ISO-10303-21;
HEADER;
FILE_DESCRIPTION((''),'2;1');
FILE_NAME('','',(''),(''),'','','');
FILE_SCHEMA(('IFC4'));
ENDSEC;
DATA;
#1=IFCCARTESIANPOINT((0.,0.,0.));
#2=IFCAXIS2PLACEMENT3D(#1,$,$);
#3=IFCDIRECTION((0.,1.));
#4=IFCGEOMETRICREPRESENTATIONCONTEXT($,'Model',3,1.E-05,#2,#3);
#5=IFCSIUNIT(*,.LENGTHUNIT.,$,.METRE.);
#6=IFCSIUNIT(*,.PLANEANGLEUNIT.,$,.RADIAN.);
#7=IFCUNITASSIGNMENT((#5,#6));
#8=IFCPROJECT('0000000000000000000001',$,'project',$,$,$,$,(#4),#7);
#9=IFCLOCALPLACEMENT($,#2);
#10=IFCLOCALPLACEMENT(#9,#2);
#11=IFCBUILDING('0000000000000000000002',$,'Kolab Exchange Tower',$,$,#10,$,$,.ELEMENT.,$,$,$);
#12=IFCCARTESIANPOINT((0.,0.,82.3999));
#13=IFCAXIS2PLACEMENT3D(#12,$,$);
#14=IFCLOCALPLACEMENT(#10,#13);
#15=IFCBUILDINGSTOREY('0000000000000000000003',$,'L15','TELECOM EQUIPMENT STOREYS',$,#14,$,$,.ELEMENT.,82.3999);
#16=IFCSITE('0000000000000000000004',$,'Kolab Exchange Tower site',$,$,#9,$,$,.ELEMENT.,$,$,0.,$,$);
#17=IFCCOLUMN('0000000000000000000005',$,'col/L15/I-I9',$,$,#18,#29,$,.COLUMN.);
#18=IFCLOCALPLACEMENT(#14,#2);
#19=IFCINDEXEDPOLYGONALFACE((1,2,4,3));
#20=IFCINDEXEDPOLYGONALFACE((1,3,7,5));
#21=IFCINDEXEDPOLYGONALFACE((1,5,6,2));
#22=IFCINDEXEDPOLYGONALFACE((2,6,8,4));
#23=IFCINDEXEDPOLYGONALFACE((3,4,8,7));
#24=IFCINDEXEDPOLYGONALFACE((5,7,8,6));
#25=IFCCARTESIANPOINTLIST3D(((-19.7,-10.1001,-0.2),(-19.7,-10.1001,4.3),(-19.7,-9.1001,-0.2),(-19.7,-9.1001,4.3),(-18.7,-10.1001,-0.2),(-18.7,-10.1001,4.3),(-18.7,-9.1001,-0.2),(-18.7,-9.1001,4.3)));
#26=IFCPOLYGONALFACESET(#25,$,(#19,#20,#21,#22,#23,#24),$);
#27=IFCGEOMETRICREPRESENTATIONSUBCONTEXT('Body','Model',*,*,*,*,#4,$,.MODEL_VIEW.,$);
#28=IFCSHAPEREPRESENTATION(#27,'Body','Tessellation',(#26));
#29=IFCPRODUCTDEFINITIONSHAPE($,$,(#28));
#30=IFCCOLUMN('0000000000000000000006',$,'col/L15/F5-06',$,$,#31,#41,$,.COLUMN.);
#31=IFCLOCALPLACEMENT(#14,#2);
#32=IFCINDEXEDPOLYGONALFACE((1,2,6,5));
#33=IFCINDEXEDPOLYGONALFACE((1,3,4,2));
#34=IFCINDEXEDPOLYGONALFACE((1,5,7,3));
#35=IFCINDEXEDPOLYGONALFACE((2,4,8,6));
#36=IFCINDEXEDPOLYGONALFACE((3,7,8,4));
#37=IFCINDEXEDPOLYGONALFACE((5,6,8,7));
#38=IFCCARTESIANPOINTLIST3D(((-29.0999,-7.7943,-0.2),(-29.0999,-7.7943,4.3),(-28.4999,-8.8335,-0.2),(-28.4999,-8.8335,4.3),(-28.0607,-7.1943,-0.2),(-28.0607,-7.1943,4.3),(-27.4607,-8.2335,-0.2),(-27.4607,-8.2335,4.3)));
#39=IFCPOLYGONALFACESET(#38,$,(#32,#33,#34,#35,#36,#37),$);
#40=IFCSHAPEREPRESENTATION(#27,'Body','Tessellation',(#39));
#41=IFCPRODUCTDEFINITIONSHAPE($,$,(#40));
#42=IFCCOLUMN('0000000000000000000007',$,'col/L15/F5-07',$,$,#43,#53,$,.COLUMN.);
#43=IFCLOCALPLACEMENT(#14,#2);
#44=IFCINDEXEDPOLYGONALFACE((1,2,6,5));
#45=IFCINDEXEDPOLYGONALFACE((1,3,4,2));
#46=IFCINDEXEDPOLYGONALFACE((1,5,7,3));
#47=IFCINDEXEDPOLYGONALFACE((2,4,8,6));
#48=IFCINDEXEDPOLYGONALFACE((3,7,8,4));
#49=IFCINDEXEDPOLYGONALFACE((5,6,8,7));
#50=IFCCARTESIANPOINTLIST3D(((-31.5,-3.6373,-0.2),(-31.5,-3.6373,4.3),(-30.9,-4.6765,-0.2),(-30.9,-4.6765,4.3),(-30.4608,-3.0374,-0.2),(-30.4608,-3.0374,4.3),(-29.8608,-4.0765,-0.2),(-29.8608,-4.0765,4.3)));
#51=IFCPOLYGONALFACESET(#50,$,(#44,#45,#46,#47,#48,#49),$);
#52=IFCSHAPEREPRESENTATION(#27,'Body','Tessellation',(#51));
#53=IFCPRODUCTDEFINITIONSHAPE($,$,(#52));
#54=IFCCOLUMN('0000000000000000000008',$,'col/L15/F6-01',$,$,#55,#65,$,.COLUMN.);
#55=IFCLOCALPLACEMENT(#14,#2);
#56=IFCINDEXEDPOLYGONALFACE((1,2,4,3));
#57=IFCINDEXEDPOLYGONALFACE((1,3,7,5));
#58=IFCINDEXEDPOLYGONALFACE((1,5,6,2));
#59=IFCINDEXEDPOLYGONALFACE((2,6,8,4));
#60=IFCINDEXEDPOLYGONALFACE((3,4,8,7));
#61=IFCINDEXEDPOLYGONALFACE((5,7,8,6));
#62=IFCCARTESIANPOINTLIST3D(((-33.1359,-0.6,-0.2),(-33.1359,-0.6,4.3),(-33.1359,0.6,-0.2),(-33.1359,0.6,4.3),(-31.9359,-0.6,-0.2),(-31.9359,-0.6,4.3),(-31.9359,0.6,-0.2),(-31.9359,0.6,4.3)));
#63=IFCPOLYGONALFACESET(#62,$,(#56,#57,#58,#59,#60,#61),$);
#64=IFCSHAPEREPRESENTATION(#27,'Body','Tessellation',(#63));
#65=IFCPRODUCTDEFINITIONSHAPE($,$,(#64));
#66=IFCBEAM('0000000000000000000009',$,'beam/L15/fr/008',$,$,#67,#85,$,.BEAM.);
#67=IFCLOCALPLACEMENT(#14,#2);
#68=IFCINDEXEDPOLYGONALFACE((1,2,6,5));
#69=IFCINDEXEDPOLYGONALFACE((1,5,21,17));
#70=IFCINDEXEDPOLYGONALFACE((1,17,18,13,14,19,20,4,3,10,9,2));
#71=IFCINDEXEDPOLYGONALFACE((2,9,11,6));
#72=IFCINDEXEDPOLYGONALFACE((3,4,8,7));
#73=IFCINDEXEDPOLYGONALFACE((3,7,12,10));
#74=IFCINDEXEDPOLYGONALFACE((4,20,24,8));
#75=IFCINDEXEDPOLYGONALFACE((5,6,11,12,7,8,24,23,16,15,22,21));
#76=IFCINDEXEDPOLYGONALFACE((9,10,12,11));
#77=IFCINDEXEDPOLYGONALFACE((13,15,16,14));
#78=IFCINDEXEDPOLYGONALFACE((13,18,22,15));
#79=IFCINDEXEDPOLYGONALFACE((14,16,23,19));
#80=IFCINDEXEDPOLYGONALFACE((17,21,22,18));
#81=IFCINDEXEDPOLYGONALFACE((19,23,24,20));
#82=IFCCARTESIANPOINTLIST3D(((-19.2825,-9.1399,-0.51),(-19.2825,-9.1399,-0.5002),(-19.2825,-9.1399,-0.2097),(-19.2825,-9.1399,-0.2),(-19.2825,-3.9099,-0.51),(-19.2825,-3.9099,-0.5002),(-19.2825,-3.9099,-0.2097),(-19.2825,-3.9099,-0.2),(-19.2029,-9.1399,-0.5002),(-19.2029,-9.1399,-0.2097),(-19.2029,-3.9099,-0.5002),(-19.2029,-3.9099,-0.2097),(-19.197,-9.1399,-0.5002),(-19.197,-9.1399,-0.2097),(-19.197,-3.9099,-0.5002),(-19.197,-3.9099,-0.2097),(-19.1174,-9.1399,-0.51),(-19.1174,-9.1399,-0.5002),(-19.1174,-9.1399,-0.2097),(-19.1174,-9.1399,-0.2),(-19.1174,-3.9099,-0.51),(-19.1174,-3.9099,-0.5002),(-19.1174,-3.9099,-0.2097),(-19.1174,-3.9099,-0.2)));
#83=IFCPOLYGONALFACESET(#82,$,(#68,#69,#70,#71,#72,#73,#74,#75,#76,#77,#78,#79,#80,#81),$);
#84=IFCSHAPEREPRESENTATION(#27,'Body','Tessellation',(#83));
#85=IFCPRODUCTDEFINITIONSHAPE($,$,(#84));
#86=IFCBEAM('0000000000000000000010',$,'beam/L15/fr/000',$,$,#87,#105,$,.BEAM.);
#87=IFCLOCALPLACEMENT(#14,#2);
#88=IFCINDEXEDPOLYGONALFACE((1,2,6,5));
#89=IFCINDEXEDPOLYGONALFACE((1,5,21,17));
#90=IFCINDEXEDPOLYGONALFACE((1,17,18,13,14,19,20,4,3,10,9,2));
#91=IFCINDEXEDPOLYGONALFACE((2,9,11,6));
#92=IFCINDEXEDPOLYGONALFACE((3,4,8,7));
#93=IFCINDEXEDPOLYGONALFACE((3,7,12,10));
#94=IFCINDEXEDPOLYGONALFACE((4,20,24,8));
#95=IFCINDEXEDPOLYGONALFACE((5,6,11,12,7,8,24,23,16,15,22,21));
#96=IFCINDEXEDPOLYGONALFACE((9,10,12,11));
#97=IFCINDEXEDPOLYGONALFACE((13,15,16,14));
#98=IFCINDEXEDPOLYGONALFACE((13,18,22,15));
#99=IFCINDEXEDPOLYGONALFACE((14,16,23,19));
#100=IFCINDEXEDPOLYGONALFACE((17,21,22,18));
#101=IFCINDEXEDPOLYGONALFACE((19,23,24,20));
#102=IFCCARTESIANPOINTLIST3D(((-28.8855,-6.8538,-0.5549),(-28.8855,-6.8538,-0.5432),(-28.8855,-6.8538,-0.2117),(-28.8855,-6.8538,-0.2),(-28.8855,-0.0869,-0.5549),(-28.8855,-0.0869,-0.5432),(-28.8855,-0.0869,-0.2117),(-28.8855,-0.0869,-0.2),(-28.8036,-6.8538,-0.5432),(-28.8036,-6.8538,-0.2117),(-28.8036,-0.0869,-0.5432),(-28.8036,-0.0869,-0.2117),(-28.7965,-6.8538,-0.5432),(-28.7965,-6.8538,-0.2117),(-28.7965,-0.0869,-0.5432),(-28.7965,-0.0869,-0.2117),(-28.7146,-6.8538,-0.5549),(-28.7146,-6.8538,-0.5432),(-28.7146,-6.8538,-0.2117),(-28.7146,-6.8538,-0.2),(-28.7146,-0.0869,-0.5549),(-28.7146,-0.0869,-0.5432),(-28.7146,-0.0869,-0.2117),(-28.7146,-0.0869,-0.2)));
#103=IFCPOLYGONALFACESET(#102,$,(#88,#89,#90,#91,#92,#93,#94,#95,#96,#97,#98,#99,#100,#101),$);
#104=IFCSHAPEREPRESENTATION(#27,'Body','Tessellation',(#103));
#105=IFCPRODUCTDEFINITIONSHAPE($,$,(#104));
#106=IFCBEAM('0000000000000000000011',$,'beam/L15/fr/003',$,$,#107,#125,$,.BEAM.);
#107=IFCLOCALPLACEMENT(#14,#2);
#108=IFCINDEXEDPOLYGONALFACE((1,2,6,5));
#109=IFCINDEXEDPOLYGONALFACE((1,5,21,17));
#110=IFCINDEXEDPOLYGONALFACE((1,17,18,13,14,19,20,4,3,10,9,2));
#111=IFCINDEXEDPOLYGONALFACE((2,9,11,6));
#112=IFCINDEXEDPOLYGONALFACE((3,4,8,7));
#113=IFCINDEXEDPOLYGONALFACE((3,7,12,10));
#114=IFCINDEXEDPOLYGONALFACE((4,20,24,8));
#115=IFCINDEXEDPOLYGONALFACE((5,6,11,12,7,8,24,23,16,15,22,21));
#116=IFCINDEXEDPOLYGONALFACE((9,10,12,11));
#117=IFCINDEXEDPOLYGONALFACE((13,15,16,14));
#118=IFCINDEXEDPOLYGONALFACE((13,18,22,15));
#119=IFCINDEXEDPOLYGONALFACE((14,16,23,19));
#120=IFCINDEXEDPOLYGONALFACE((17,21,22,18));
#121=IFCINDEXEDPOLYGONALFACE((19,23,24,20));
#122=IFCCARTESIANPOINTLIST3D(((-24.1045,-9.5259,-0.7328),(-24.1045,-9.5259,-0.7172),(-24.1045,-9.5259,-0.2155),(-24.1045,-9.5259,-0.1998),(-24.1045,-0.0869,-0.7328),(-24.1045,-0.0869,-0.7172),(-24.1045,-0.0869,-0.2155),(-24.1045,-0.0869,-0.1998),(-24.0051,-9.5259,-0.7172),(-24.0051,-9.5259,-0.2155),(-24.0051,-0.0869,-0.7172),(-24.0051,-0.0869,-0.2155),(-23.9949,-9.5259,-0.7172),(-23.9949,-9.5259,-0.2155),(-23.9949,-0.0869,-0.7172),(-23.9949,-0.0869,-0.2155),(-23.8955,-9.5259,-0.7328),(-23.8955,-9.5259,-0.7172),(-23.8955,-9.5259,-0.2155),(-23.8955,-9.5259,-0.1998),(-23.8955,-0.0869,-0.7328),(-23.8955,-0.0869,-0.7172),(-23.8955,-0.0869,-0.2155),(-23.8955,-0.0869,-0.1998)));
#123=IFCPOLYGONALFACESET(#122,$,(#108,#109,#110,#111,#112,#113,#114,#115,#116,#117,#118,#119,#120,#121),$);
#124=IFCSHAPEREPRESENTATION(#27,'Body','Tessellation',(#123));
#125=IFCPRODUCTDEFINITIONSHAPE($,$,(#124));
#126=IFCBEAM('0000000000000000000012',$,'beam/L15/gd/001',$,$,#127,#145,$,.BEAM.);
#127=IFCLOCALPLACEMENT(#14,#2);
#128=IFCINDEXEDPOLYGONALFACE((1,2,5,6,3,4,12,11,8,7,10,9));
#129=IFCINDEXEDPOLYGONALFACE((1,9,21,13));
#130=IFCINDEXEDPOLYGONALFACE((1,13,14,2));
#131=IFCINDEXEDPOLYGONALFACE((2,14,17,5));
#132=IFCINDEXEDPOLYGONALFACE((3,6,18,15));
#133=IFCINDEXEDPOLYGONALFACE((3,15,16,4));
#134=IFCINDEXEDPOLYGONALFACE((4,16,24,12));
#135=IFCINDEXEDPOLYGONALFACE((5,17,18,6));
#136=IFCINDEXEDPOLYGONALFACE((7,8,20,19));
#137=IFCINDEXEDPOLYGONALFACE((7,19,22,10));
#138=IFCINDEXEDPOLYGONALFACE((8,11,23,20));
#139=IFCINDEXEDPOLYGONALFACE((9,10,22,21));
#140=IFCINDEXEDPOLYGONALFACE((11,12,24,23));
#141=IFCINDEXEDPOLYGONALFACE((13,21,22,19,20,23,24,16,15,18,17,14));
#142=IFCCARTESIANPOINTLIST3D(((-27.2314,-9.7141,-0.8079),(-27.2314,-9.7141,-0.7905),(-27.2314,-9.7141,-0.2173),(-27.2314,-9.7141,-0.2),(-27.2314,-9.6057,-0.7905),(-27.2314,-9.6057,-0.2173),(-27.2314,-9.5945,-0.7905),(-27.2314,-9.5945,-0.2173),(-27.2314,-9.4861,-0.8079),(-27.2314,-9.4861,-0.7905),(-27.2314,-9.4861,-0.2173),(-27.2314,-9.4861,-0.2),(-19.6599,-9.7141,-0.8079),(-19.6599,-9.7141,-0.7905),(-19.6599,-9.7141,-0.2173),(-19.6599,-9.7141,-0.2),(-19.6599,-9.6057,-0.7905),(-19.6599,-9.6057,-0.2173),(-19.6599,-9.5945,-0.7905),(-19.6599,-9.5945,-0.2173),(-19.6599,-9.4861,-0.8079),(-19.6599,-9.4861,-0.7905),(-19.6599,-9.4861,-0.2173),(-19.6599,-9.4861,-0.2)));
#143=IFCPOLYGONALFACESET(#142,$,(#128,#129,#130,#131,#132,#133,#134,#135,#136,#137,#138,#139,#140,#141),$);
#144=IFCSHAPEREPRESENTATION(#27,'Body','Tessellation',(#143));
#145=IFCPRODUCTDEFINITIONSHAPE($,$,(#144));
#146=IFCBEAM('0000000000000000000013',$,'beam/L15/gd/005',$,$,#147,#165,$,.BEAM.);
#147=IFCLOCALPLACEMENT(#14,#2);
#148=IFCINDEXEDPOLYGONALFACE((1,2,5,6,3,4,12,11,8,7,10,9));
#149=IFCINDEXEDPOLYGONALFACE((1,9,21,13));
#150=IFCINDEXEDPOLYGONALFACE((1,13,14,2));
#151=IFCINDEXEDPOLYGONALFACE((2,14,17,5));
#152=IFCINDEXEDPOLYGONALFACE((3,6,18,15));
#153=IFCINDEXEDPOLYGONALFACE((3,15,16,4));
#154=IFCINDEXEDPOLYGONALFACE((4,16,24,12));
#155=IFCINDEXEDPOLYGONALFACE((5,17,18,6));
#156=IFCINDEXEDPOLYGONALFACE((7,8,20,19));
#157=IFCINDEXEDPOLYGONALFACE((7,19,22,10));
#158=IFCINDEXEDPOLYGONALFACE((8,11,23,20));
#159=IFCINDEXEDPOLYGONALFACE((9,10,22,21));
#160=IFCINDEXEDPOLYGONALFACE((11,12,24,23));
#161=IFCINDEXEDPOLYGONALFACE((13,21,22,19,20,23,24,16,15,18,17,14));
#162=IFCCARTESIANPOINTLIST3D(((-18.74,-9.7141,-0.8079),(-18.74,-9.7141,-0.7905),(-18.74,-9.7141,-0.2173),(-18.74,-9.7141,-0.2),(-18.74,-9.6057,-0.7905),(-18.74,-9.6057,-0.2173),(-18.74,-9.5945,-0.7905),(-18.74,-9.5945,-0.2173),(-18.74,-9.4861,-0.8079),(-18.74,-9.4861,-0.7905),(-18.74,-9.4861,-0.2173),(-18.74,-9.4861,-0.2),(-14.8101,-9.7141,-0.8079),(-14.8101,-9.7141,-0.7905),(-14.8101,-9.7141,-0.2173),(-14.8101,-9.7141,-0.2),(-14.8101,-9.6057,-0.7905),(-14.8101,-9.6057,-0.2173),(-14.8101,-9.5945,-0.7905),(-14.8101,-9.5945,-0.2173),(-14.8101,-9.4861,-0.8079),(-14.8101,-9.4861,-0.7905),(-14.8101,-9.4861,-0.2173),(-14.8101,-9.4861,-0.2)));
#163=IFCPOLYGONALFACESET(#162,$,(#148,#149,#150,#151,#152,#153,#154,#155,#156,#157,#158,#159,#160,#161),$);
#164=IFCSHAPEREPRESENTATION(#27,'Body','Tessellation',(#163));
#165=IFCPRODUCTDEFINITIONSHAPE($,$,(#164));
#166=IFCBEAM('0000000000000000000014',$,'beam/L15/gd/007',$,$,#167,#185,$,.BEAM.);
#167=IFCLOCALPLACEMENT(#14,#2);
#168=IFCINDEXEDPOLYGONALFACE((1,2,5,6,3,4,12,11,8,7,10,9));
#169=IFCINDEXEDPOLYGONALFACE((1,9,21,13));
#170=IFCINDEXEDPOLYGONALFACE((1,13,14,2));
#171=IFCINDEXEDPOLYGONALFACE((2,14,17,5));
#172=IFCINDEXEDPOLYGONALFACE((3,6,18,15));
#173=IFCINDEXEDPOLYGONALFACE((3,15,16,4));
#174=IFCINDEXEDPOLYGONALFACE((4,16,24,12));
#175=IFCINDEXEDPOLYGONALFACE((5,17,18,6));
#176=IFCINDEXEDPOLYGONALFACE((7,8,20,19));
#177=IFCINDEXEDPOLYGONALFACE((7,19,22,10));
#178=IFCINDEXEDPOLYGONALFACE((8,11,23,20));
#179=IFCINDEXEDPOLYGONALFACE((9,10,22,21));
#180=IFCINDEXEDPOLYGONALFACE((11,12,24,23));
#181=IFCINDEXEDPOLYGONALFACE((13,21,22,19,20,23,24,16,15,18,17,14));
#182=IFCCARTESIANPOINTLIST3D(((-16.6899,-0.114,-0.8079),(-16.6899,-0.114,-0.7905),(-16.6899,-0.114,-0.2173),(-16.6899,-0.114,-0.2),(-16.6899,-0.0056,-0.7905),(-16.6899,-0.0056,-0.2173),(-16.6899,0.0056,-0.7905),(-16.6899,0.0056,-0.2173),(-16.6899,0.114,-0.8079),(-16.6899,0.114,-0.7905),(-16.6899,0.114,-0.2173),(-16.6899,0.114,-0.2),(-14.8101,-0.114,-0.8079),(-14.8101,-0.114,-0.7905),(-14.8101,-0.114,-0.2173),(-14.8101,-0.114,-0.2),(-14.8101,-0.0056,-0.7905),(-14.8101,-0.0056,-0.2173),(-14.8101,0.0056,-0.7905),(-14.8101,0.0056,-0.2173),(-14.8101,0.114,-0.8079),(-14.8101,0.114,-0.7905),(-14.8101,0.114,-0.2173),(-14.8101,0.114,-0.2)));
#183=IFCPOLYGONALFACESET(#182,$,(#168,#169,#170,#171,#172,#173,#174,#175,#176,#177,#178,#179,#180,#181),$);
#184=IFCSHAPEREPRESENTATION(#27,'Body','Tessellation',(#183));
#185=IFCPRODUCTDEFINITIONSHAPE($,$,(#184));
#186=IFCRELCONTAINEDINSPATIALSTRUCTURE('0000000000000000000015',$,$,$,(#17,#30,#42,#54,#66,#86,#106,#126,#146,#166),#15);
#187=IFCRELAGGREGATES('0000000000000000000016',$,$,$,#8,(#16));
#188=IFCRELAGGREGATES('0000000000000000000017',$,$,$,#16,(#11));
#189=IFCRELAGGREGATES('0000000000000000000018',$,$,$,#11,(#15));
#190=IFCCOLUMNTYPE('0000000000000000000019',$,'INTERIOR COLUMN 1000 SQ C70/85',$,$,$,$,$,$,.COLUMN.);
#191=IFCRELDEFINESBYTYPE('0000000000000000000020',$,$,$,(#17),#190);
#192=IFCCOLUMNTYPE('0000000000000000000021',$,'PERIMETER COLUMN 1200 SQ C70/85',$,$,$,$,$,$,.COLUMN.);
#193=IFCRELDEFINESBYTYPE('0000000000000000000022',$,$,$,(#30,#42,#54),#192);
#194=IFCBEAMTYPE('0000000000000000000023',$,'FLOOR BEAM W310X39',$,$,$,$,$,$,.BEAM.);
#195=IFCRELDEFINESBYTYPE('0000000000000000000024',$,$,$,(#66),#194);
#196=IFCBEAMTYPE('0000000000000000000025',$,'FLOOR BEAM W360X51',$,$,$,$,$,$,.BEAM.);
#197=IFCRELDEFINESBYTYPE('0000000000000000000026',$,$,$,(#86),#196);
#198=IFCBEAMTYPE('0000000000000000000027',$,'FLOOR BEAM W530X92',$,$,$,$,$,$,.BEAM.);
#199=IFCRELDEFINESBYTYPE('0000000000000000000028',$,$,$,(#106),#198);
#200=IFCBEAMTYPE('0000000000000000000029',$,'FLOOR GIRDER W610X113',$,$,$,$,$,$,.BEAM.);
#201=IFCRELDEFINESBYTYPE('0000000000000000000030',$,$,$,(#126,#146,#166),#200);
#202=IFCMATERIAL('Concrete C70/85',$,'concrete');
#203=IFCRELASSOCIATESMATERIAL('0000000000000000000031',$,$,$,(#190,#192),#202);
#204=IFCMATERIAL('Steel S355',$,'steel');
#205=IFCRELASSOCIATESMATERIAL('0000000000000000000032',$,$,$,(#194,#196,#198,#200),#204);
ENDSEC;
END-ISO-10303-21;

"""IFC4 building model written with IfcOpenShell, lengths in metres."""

from ifc_helpers import new_model, si_unit, direction, frame, origin, origin_2d, place, context, subcontext, project, spatial, rectangle, i_section, extrude, material, material_profile, profile_set, type_object, element, save


model = new_model("IFC4")

# Units and contexts
model_context = context("Model", 3, precision=1e-05, world=origin(), true_north=direction((0.0, 1.0)))
body_context = subcontext(model_context, "Body", "Model", "MODEL_VIEW")
ifc_project = project(units=[si_unit("LENGTHUNIT", "METRE"), si_unit("PLANEANGLEUNIT", "RADIAN")], contexts=[model_context])

# Site, building, storey
site_placement = place(None, origin())
site = spatial("IfcSite", under=ifc_project, at=site_placement, Name="Kolab Exchange Tower site", CompositionType="ELEMENT", RefElevation=0.0)
building_placement = place(site_placement, origin())
building = spatial("IfcBuilding", under=site, at=building_placement, Name="Kolab Exchange Tower", CompositionType="ELEMENT")
storey_placement = place(building_placement, frame((0.0, 0.0, 82.3999)))
storey = spatial("IfcBuildingStorey", under=building, at=storey_placement, Name="L15", Description="TELECOM EQUIPMENT STOREYS", CompositionType="ELEMENT", Elevation=82.3999)

# Columns
ifc_material_1 = material(Name="Concrete C70/85", Category="concrete")
ifc_material_profile_1 = material_profile(ifc_material_1, rectangle(XDim=1.0, YDim=1.0, at=origin_2d()), Name="RC1000")
ifc_profile_set_1 = profile_set([ifc_material_profile_1], Name="Concrete C70/85")
column_type_1 = type_object("IfcColumnType", Name="INTERIOR COLUMN 1000 SQ C70/85", PredefinedType="COLUMN", material=ifc_profile_set_1)
column_placement = place(storey_placement, frame((-19.2, -9.6001, -0.2), z_axis=(0.0, 0.0, 1.0), x_axis=(1.0, 0.0, 0.0)))
element("IfcColumn", 1, at=column_placement, inside=storey, type_object=column_type_1, Name="col/L15/I-I9", PredefinedType="COLUMN", context=body_context, shape_type="SweptSolid", body=[
    extrude(rectangle(XDim=1.0, YDim=1.0, at=origin_2d()), origin(), (0.0, 0.0, 1.0), 4.5),
])
ifc_material_profile_2 = material_profile(ifc_material_1, rectangle(XDim=1.2, YDim=1.2, at=origin_2d()), Name="RC1200")
ifc_profile_set_2 = profile_set([ifc_material_profile_2], Name="Concrete C70/85")
column_type_2 = type_object("IfcColumnType", Name="PERIMETER COLUMN 1200 SQ C70/85", PredefinedType="COLUMN", material=ifc_profile_set_2)
for number, where, z_axis, x_axis, name in (
    (2, (-28.2803, -8.0139, -0.2), (0.0, 0.0, 1.0), (0.866025, 0.5, 0.0), "col/L15/F5-06"),
    (3, (-30.6804, -3.8569, -0.2), (0.0, 0.0, 1.0), (0.866025, 0.5, 0.0), "col/L15/F5-07"),
    (4, (-32.5359, 0.0, -0.2), (0.0, 0.0, 1.0), (1.0, 0.0, 0.0), "col/L15/F6-01"),
):
    element("IfcColumn", number, at=place(storey_placement, frame(where, z_axis=z_axis, x_axis=x_axis)), inside=storey, type_object=column_type_2, Name=name, PredefinedType="COLUMN", context=body_context, shape_type="SweptSolid", body=[
        extrude(rectangle(XDim=1.2, YDim=1.2, at=origin_2d()), origin(), (0.0, 0.0, 1.0), 4.5),
    ])

# Beams
ifc_material_2 = material(Name="Steel S355", Category="steel")
ifc_material_profile_3 = material_profile(ifc_material_2, i_section(OverallWidth=0.165, OverallDepth=0.3101, WebThickness=0.0059, FlangeThickness=0.0098, at=origin_2d()), Name="W310X39")
ifc_profile_set_3 = profile_set([ifc_material_profile_3], Name="Steel S355")
beam_type_1 = type_object("IfcBeamType", Name="FLOOR BEAM W310X39", PredefinedType="BEAM", material=ifc_profile_set_3)
beam_1_placement = place(storey_placement, frame((-19.2, -9.1399, -0.355), z_axis=(0.0, 1.0, 0.0), x_axis=(-1.0, 0.0, 0.0)))
element("IfcBeam", 5, at=beam_1_placement, inside=storey, type_object=beam_type_1, Name="beam/L15/fr/008", PredefinedType="BEAM", context=body_context, shape_type="SweptSolid", body=[
    extrude(i_section(OverallWidth=0.165, OverallDepth=0.3101, WebThickness=0.0059, FlangeThickness=0.0098, at=origin_2d()), origin(), (0.0, 0.0, 1.0), 5.23),
])
ifc_material_profile_4 = material_profile(ifc_material_2, i_section(OverallWidth=0.1709, OverallDepth=0.355, WebThickness=0.0071, FlangeThickness=0.0117, at=origin_2d()), Name="W360X51")
ifc_profile_set_4 = profile_set([ifc_material_profile_4], Name="Steel S355")
beam_type_2 = type_object("IfcBeamType", Name="FLOOR BEAM W360X51", PredefinedType="BEAM", material=ifc_profile_set_4)
beam_2_placement = place(storey_placement, frame((-28.8, -6.8538, -0.3774), z_axis=(0.0, 1.0, 0.0), x_axis=(-1.0, 0.0, 0.0)))
element("IfcBeam", 6, at=beam_2_placement, inside=storey, type_object=beam_type_2, Name="beam/L15/fr/000", PredefinedType="BEAM", context=body_context, shape_type="SweptSolid", body=[
    extrude(i_section(OverallWidth=0.1709, OverallDepth=0.355, WebThickness=0.0071, FlangeThickness=0.0117, at=origin_2d()), origin(), (0.0, 0.0, 1.0), 6.7668),
])
ifc_material_profile_5 = material_profile(ifc_material_2, i_section(OverallWidth=0.209, OverallDepth=0.533, WebThickness=0.0103, FlangeThickness=0.0156, at=origin_2d()), Name="W530X92")
ifc_profile_set_5 = profile_set([ifc_material_profile_5], Name="Steel S355")
beam_type_3 = type_object("IfcBeamType", Name="FLOOR BEAM W530X92", PredefinedType="BEAM", material=ifc_profile_set_5)
beam_3_placement = place(storey_placement, frame((-24.0, -9.5259, -0.4663), z_axis=(0.0, 1.0, 0.0), x_axis=(-1.0, 0.0, 0.0)))
element("IfcBeam", 7, at=beam_3_placement, inside=storey, type_object=beam_type_3, Name="beam/L15/fr/003", PredefinedType="BEAM", context=body_context, shape_type="SweptSolid", body=[
    extrude(i_section(OverallWidth=0.209, OverallDepth=0.533, WebThickness=0.0103, FlangeThickness=0.0156, at=origin_2d()), origin(), (0.0, 0.0, 1.0), 9.439),
])
ifc_material_profile_6 = material_profile(ifc_material_2, i_section(OverallWidth=0.228, OverallDepth=0.6079, WebThickness=0.0112, FlangeThickness=0.0173, at=origin_2d()), Name="W610X113")
ifc_profile_set_6 = profile_set([ifc_material_profile_6], Name="Steel S355")
beam_type_4 = type_object("IfcBeamType", Name="FLOOR GIRDER W610X113", PredefinedType="BEAM", material=ifc_profile_set_6)
beam_4_placement = place(storey_placement, frame((-27.2314, -9.6001, -0.5039), z_axis=(1.0, 0.0, 0.0), x_axis=(0.0, 1.0, 0.0)))
element("IfcBeam", 8, at=beam_4_placement, inside=storey, type_object=beam_type_4, Name="beam/L15/gd/001", PredefinedType="BEAM", context=body_context, shape_type="SweptSolid", body=[
    extrude(i_section(OverallWidth=0.228, OverallDepth=0.6079, WebThickness=0.0112, FlangeThickness=0.0173, at=origin_2d()), origin(), (0.0, 0.0, 1.0), 7.5715),
])
beam_5_placement = place(storey_placement, frame((-18.74, -9.6001, -0.5039), z_axis=(1.0, 0.0, 0.0), x_axis=(0.0, 1.0, 0.0)))
element("IfcBeam", 9, at=beam_5_placement, inside=storey, type_object=beam_type_4, Name="beam/L15/gd/005", PredefinedType="BEAM", context=body_context, shape_type="SweptSolid", body=[
    extrude(i_section(OverallWidth=0.228, OverallDepth=0.6079, WebThickness=0.0112, FlangeThickness=0.0173, at=origin_2d()), origin(), (0.0, 0.0, 1.0), 3.9299),
])
beam_6_placement = place(storey_placement, frame((-16.6899, 0.0, -0.5039), z_axis=(1.0, 0.0, 0.0), x_axis=(0.0, 1.0, 0.0)))
element("IfcBeam", 10, at=beam_6_placement, inside=storey, type_object=beam_type_4, Name="beam/L15/gd/007", PredefinedType="BEAM", context=body_context, shape_type="SweptSolid", body=[
    extrude(i_section(OverallWidth=0.228, OverallDepth=0.6079, WebThickness=0.0112, FlangeThickness=0.0173, at=origin_2d()), origin(), (0.0, 0.0, 1.0), 1.8799),
])

save(model, "model.ifc")
